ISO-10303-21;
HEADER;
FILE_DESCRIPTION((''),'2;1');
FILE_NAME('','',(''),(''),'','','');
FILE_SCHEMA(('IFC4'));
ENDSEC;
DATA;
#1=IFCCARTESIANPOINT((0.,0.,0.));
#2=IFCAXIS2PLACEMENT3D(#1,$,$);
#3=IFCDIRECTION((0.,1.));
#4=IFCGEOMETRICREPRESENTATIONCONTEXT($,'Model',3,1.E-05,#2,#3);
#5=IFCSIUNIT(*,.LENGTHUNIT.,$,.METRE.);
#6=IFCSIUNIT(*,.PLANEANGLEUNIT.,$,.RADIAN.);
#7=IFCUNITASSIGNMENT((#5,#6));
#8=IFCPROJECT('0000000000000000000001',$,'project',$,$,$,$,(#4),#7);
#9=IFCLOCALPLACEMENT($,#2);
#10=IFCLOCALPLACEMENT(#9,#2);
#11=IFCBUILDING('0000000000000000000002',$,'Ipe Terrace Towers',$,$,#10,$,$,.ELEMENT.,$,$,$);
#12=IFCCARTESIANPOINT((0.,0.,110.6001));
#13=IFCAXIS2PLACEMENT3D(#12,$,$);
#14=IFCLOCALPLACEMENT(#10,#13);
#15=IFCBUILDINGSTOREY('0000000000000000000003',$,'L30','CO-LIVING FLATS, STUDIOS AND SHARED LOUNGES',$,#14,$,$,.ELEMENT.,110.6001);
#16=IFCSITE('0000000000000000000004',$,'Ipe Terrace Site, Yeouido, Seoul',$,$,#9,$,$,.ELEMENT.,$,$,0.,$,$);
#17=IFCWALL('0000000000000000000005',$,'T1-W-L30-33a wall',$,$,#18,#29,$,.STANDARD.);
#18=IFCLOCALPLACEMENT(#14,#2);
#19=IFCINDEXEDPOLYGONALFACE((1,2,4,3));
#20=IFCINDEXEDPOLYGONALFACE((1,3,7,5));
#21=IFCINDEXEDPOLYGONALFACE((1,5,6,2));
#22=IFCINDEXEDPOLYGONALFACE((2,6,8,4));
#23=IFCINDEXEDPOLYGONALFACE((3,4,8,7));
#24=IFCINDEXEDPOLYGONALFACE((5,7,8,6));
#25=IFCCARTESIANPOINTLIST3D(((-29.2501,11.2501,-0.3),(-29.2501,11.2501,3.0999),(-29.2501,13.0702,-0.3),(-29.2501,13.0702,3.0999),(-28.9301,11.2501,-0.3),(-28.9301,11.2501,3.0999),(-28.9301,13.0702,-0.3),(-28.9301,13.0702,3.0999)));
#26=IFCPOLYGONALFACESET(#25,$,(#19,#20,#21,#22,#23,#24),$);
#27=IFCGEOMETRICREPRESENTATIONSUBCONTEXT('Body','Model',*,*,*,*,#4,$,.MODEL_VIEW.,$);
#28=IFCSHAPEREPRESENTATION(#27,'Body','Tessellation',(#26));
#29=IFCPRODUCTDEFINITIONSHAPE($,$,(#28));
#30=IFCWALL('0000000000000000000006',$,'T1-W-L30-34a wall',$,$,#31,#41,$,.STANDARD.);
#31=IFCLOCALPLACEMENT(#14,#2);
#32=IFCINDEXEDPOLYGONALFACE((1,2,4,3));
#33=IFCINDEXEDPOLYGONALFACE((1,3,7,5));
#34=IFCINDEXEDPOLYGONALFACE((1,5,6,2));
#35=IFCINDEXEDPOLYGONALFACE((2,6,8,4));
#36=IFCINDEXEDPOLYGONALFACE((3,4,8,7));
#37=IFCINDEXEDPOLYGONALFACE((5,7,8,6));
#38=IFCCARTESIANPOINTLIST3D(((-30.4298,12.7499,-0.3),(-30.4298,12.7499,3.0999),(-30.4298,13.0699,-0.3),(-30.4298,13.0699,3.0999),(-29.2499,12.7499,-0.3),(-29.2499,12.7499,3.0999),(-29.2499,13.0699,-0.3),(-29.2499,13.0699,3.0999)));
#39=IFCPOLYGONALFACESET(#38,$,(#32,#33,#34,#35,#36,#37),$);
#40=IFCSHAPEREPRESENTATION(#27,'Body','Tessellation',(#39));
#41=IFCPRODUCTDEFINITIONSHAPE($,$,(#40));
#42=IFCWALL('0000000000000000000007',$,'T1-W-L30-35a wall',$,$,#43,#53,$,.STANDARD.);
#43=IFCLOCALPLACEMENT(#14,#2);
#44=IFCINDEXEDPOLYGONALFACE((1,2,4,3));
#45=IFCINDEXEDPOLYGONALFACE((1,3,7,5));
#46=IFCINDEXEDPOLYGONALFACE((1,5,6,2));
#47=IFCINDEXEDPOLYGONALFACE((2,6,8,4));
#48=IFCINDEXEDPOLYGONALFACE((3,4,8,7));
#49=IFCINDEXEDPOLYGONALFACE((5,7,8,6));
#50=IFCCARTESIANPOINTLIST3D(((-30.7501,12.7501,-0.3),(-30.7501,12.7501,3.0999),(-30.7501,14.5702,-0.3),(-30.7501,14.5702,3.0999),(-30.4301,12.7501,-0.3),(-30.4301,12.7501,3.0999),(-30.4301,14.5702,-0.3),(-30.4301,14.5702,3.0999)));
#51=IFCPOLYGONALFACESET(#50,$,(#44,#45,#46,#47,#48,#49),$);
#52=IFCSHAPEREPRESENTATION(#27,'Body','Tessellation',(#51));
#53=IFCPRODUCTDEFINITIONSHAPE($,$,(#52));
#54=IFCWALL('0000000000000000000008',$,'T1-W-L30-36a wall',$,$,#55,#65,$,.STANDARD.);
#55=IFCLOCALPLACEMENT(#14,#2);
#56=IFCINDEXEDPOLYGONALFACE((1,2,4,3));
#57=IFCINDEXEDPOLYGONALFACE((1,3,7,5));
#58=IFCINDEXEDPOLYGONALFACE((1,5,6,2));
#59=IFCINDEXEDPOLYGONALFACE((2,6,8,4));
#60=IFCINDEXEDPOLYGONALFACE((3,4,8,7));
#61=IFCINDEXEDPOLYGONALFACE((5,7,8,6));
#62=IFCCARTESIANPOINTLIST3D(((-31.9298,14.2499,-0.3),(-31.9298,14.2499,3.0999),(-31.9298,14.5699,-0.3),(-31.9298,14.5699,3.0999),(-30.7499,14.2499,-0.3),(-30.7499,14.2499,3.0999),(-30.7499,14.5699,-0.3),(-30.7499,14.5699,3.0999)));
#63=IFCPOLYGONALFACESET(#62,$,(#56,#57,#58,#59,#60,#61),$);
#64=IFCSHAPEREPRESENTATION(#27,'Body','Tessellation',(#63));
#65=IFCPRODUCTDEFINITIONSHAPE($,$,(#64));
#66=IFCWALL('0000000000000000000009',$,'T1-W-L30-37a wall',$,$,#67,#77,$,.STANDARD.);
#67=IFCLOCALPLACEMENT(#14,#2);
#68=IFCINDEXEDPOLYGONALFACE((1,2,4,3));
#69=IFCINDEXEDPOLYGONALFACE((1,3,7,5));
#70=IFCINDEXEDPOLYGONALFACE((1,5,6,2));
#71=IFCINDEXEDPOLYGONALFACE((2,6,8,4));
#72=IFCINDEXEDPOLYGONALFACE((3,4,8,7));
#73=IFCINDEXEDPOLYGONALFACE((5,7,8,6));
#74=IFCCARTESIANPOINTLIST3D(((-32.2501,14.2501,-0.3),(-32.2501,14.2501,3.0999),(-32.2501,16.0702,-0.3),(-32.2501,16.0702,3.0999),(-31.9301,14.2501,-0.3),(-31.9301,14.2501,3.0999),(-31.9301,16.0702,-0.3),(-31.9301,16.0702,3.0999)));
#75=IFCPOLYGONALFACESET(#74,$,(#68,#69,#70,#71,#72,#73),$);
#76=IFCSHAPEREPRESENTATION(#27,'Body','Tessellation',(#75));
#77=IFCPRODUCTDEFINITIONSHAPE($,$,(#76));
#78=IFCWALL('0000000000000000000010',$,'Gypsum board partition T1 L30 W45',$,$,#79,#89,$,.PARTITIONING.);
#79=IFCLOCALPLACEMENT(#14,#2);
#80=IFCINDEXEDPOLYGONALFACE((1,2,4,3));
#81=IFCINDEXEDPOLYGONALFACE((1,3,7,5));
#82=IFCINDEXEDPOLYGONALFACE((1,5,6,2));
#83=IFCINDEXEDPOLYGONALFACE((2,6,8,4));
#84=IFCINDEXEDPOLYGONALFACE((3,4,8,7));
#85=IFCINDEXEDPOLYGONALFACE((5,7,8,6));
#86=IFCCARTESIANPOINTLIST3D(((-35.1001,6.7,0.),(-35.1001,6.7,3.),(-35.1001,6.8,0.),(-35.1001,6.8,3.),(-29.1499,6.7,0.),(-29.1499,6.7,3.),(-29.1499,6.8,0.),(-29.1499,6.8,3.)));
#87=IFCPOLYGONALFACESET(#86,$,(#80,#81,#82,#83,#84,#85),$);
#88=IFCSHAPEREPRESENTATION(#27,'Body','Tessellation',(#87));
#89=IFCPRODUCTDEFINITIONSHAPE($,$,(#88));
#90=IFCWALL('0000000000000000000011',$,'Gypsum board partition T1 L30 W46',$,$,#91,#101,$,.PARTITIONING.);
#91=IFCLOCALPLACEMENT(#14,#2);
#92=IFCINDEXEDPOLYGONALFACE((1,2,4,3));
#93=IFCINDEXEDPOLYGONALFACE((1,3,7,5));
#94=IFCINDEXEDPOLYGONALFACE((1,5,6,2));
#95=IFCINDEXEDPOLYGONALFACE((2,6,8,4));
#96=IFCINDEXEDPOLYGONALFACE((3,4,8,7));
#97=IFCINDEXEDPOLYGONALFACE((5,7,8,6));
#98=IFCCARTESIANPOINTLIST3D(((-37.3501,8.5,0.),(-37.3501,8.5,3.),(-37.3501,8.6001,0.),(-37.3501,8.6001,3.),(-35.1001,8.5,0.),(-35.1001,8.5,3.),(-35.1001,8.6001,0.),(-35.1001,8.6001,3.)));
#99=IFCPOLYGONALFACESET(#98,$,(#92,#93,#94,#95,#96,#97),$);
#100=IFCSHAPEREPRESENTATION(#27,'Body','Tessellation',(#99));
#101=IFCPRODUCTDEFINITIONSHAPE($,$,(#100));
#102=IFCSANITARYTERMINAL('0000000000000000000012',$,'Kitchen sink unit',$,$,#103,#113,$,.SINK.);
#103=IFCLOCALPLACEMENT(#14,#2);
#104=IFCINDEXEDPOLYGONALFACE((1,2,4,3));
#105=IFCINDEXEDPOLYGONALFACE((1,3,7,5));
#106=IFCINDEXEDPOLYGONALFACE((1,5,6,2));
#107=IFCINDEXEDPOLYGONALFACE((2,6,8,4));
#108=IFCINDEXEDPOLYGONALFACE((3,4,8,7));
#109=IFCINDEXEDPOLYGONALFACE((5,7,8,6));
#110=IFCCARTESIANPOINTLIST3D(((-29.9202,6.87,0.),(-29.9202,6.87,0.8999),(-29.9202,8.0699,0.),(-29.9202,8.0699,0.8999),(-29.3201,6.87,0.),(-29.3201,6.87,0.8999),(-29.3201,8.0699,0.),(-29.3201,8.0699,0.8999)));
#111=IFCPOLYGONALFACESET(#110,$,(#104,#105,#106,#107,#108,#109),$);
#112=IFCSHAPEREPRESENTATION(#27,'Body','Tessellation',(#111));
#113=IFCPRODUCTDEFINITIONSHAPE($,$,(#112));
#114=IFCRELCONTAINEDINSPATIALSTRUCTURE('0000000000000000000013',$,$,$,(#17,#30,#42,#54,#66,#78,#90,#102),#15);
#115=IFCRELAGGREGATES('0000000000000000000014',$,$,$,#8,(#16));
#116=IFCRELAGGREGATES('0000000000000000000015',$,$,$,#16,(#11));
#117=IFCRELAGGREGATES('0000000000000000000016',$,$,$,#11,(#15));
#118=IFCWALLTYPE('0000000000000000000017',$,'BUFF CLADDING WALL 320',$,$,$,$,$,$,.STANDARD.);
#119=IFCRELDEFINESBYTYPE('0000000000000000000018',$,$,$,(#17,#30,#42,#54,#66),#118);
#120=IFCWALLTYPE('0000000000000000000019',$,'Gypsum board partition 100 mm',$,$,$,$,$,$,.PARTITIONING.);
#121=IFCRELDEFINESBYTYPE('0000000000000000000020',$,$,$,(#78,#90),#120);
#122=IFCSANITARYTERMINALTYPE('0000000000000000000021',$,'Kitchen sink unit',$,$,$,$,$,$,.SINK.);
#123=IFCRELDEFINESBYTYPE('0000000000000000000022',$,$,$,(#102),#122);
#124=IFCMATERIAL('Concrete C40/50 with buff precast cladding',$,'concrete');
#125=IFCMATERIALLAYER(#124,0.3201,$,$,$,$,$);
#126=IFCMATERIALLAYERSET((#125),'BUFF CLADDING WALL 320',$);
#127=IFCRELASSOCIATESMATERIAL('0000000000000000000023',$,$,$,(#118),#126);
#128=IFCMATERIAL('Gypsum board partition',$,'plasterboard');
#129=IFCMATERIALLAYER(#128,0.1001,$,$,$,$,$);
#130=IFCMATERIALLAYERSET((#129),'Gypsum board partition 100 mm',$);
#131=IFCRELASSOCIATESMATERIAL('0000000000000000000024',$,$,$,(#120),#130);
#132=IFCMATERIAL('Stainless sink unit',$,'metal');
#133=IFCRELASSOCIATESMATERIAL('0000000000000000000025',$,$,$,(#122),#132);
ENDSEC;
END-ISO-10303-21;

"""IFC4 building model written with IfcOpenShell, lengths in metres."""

from ifc_helpers import new_model, si_unit, direction, frame, frame_2d, origin, origin_2d, place, context, subcontext, project, spatial, rectangle, extrude, material, layer, layer_set, type_object, element, save


model = new_model("IFC4")

# Units and contexts
model_context = context("Model", 3, precision=1e-05, world=origin(), true_north=direction((0.0, 1.0)))
body_context = subcontext(model_context, "Body", "Model", "MODEL_VIEW")
ifc_project = project(units=[si_unit("LENGTHUNIT", "METRE"), si_unit("PLANEANGLEUNIT", "RADIAN")], contexts=[model_context])

# Site, building, storey
site_placement = place(None, origin())
site = spatial("IfcSite", under=ifc_project, at=site_placement, Name="Ipe Terrace Site, Yeouido, Seoul", CompositionType="ELEMENT", RefElevation=0.0)
building_placement = place(site_placement, origin())
building = spatial("IfcBuilding", under=site, at=building_placement, Name="Ipe Terrace Towers", CompositionType="ELEMENT")
storey_placement = place(building_placement, frame((0.0, 0.0, 110.6001)))
storey = spatial("IfcBuildingStorey", under=building, at=storey_placement, Name="L30", Description="CO-LIVING FLATS, STUDIOS AND SHARED LOUNGES", CompositionType="ELEMENT", Elevation=110.6001)

# Walls
ifc_material_1 = material(Name="Concrete C40/50 with buff precast cladding", Category="concrete")
ifc_layer_1 = layer(ifc_material_1, 0.3201)
ifc_layer_set_1 = layer_set([ifc_layer_1], Name="BUFF CLADDING WALL 320")
wall_type_1 = type_object("IfcWallType", Name="BUFF CLADDING WALL 320", PredefinedType="STANDARD", material=ifc_layer_set_1)
wall_1_placement = place(storey_placement, frame((-29.0901, 11.25, -0.3), z_axis=(0.0, 0.0, 1.0), x_axis=(0.0, 1.0, 0.0)))
element("IfcWall", 1, at=wall_1_placement, inside=storey, type_object=wall_type_1, Name="T1-W-L30-33a wall", PredefinedType="STANDARD", context=body_context, shape_type="SweptSolid", body=[
    extrude(rectangle(XDim=1.8201, YDim=0.3201, at=frame_2d((0.9102, 0.0))), origin(), (0.0, 0.0, 1.0), 3.3999),
])
wall_2_placement = place(storey_placement, frame((-29.25, 12.9099, -0.3), z_axis=(0.0, 0.0, 1.0), x_axis=(-1.0, 0.0, 0.0)))
element("IfcWall", 2, at=wall_2_placement, inside=storey, type_object=wall_type_1, Name="T1-W-L30-34a wall", PredefinedType="STANDARD", context=body_context, shape_type="SweptSolid", body=[
    extrude(rectangle(XDim=1.1799, YDim=0.3201, at=frame_2d((0.5898, 0.0))), origin(), (0.0, 0.0, 1.0), 3.3999),
])
wall_3_placement = place(storey_placement, frame((-30.5901, 12.75, -0.3), z_axis=(0.0, 0.0, 1.0), x_axis=(0.0, 1.0, 0.0)))
element("IfcWall", 3, at=wall_3_placement, inside=storey, type_object=wall_type_1, Name="T1-W-L30-35a wall", PredefinedType="STANDARD", context=body_context, shape_type="SweptSolid", body=[
    extrude(rectangle(XDim=1.8201, YDim=0.3201, at=frame_2d((0.9102, 0.0))), origin(), (0.0, 0.0, 1.0), 3.3999),
])
wall_4_placement = place(storey_placement, frame((-30.75, 14.4099, -0.3), z_axis=(0.0, 0.0, 1.0), x_axis=(-1.0, 0.0, 0.0)))
element("IfcWall", 4, at=wall_4_placement, inside=storey, type_object=wall_type_1, Name="T1-W-L30-36a wall", PredefinedType="STANDARD", context=body_context, shape_type="SweptSolid", body=[
    extrude(rectangle(XDim=1.1799, YDim=0.3201, at=frame_2d((0.5898, 0.0))), origin(), (0.0, 0.0, 1.0), 3.3999),
])
wall_5_placement = place(storey_placement, frame((-32.0901, 14.25, -0.3), z_axis=(0.0, 0.0, 1.0), x_axis=(0.0, 1.0, 0.0)))
element("IfcWall", 5, at=wall_5_placement, inside=storey, type_object=wall_type_1, Name="T1-W-L30-37a wall", PredefinedType="STANDARD", context=body_context, shape_type="SweptSolid", body=[
    extrude(rectangle(XDim=1.8201, YDim=0.3201, at=frame_2d((0.9102, 0.0))), origin(), (0.0, 0.0, 1.0), 3.3999),
])
ifc_material_2 = material(Name="Gypsum board partition", Category="plasterboard")
ifc_layer_2 = layer(ifc_material_2, 0.1001)
ifc_layer_set_2 = layer_set([ifc_layer_2], Name="Gypsum board partition 100 mm")
wall_type_2 = type_object("IfcWallType", Name="Gypsum board partition 100 mm", PredefinedType="PARTITIONING", material=ifc_layer_set_2)
wall_6_placement = place(storey_placement, frame((-35.1001, 6.75, 0.0), z_axis=(0.0, 0.0, 1.0), x_axis=(1.0, 0.0, 0.0)))
element("IfcWall", 6, at=wall_6_placement, inside=storey, type_object=wall_type_2, Name="Gypsum board partition T1 L30 W45", PredefinedType="PARTITIONING", context=body_context, shape_type="SweptSolid", body=[
    extrude(rectangle(XDim=5.9502, YDim=0.1001, at=frame_2d((2.9751, 0.0))), origin(), (0.0, 0.0, 1.0), 3.0),
])
wall_7_placement = place(storey_placement, frame((-37.3501, 8.55, 0.0), z_axis=(0.0, 0.0, 1.0), x_axis=(1.0, 0.0, 0.0)))
element("IfcWall", 7, at=wall_7_placement, inside=storey, type_object=wall_type_2, Name="Gypsum board partition T1 L30 W46", PredefinedType="PARTITIONING", context=body_context, shape_type="SweptSolid", body=[
    extrude(rectangle(XDim=2.25, YDim=0.1001, at=frame_2d((1.125, 0.0))), origin(), (0.0, 0.0, 1.0), 3.0),
])

# Sanitary terminal
ifc_material_3 = material(Name="Stainless sink unit", Category="metal")
sanitary_terminal_type = type_object("IfcSanitaryTerminalType", Name="Kitchen sink unit", PredefinedType="SINK", material=ifc_material_3)
sanitary_terminal_placement = place(storey_placement, frame((-29.6201, 7.47, 0.0), z_axis=(0.0, 0.0, 1.0), x_axis=(0.0, -1.0, 0.0)))
element("IfcSanitaryTerminal", 8, at=sanitary_terminal_placement, inside=storey, type_object=sanitary_terminal_type, Name="Kitchen sink unit", PredefinedType="SINK", context=body_context, shape_type="SweptSolid", body=[
    extrude(rectangle(XDim=1.2, YDim=0.6001, at=origin_2d()), origin(), (0.0, 0.0, 1.0), 0.8999),
])

save(model, "model.ifc")
